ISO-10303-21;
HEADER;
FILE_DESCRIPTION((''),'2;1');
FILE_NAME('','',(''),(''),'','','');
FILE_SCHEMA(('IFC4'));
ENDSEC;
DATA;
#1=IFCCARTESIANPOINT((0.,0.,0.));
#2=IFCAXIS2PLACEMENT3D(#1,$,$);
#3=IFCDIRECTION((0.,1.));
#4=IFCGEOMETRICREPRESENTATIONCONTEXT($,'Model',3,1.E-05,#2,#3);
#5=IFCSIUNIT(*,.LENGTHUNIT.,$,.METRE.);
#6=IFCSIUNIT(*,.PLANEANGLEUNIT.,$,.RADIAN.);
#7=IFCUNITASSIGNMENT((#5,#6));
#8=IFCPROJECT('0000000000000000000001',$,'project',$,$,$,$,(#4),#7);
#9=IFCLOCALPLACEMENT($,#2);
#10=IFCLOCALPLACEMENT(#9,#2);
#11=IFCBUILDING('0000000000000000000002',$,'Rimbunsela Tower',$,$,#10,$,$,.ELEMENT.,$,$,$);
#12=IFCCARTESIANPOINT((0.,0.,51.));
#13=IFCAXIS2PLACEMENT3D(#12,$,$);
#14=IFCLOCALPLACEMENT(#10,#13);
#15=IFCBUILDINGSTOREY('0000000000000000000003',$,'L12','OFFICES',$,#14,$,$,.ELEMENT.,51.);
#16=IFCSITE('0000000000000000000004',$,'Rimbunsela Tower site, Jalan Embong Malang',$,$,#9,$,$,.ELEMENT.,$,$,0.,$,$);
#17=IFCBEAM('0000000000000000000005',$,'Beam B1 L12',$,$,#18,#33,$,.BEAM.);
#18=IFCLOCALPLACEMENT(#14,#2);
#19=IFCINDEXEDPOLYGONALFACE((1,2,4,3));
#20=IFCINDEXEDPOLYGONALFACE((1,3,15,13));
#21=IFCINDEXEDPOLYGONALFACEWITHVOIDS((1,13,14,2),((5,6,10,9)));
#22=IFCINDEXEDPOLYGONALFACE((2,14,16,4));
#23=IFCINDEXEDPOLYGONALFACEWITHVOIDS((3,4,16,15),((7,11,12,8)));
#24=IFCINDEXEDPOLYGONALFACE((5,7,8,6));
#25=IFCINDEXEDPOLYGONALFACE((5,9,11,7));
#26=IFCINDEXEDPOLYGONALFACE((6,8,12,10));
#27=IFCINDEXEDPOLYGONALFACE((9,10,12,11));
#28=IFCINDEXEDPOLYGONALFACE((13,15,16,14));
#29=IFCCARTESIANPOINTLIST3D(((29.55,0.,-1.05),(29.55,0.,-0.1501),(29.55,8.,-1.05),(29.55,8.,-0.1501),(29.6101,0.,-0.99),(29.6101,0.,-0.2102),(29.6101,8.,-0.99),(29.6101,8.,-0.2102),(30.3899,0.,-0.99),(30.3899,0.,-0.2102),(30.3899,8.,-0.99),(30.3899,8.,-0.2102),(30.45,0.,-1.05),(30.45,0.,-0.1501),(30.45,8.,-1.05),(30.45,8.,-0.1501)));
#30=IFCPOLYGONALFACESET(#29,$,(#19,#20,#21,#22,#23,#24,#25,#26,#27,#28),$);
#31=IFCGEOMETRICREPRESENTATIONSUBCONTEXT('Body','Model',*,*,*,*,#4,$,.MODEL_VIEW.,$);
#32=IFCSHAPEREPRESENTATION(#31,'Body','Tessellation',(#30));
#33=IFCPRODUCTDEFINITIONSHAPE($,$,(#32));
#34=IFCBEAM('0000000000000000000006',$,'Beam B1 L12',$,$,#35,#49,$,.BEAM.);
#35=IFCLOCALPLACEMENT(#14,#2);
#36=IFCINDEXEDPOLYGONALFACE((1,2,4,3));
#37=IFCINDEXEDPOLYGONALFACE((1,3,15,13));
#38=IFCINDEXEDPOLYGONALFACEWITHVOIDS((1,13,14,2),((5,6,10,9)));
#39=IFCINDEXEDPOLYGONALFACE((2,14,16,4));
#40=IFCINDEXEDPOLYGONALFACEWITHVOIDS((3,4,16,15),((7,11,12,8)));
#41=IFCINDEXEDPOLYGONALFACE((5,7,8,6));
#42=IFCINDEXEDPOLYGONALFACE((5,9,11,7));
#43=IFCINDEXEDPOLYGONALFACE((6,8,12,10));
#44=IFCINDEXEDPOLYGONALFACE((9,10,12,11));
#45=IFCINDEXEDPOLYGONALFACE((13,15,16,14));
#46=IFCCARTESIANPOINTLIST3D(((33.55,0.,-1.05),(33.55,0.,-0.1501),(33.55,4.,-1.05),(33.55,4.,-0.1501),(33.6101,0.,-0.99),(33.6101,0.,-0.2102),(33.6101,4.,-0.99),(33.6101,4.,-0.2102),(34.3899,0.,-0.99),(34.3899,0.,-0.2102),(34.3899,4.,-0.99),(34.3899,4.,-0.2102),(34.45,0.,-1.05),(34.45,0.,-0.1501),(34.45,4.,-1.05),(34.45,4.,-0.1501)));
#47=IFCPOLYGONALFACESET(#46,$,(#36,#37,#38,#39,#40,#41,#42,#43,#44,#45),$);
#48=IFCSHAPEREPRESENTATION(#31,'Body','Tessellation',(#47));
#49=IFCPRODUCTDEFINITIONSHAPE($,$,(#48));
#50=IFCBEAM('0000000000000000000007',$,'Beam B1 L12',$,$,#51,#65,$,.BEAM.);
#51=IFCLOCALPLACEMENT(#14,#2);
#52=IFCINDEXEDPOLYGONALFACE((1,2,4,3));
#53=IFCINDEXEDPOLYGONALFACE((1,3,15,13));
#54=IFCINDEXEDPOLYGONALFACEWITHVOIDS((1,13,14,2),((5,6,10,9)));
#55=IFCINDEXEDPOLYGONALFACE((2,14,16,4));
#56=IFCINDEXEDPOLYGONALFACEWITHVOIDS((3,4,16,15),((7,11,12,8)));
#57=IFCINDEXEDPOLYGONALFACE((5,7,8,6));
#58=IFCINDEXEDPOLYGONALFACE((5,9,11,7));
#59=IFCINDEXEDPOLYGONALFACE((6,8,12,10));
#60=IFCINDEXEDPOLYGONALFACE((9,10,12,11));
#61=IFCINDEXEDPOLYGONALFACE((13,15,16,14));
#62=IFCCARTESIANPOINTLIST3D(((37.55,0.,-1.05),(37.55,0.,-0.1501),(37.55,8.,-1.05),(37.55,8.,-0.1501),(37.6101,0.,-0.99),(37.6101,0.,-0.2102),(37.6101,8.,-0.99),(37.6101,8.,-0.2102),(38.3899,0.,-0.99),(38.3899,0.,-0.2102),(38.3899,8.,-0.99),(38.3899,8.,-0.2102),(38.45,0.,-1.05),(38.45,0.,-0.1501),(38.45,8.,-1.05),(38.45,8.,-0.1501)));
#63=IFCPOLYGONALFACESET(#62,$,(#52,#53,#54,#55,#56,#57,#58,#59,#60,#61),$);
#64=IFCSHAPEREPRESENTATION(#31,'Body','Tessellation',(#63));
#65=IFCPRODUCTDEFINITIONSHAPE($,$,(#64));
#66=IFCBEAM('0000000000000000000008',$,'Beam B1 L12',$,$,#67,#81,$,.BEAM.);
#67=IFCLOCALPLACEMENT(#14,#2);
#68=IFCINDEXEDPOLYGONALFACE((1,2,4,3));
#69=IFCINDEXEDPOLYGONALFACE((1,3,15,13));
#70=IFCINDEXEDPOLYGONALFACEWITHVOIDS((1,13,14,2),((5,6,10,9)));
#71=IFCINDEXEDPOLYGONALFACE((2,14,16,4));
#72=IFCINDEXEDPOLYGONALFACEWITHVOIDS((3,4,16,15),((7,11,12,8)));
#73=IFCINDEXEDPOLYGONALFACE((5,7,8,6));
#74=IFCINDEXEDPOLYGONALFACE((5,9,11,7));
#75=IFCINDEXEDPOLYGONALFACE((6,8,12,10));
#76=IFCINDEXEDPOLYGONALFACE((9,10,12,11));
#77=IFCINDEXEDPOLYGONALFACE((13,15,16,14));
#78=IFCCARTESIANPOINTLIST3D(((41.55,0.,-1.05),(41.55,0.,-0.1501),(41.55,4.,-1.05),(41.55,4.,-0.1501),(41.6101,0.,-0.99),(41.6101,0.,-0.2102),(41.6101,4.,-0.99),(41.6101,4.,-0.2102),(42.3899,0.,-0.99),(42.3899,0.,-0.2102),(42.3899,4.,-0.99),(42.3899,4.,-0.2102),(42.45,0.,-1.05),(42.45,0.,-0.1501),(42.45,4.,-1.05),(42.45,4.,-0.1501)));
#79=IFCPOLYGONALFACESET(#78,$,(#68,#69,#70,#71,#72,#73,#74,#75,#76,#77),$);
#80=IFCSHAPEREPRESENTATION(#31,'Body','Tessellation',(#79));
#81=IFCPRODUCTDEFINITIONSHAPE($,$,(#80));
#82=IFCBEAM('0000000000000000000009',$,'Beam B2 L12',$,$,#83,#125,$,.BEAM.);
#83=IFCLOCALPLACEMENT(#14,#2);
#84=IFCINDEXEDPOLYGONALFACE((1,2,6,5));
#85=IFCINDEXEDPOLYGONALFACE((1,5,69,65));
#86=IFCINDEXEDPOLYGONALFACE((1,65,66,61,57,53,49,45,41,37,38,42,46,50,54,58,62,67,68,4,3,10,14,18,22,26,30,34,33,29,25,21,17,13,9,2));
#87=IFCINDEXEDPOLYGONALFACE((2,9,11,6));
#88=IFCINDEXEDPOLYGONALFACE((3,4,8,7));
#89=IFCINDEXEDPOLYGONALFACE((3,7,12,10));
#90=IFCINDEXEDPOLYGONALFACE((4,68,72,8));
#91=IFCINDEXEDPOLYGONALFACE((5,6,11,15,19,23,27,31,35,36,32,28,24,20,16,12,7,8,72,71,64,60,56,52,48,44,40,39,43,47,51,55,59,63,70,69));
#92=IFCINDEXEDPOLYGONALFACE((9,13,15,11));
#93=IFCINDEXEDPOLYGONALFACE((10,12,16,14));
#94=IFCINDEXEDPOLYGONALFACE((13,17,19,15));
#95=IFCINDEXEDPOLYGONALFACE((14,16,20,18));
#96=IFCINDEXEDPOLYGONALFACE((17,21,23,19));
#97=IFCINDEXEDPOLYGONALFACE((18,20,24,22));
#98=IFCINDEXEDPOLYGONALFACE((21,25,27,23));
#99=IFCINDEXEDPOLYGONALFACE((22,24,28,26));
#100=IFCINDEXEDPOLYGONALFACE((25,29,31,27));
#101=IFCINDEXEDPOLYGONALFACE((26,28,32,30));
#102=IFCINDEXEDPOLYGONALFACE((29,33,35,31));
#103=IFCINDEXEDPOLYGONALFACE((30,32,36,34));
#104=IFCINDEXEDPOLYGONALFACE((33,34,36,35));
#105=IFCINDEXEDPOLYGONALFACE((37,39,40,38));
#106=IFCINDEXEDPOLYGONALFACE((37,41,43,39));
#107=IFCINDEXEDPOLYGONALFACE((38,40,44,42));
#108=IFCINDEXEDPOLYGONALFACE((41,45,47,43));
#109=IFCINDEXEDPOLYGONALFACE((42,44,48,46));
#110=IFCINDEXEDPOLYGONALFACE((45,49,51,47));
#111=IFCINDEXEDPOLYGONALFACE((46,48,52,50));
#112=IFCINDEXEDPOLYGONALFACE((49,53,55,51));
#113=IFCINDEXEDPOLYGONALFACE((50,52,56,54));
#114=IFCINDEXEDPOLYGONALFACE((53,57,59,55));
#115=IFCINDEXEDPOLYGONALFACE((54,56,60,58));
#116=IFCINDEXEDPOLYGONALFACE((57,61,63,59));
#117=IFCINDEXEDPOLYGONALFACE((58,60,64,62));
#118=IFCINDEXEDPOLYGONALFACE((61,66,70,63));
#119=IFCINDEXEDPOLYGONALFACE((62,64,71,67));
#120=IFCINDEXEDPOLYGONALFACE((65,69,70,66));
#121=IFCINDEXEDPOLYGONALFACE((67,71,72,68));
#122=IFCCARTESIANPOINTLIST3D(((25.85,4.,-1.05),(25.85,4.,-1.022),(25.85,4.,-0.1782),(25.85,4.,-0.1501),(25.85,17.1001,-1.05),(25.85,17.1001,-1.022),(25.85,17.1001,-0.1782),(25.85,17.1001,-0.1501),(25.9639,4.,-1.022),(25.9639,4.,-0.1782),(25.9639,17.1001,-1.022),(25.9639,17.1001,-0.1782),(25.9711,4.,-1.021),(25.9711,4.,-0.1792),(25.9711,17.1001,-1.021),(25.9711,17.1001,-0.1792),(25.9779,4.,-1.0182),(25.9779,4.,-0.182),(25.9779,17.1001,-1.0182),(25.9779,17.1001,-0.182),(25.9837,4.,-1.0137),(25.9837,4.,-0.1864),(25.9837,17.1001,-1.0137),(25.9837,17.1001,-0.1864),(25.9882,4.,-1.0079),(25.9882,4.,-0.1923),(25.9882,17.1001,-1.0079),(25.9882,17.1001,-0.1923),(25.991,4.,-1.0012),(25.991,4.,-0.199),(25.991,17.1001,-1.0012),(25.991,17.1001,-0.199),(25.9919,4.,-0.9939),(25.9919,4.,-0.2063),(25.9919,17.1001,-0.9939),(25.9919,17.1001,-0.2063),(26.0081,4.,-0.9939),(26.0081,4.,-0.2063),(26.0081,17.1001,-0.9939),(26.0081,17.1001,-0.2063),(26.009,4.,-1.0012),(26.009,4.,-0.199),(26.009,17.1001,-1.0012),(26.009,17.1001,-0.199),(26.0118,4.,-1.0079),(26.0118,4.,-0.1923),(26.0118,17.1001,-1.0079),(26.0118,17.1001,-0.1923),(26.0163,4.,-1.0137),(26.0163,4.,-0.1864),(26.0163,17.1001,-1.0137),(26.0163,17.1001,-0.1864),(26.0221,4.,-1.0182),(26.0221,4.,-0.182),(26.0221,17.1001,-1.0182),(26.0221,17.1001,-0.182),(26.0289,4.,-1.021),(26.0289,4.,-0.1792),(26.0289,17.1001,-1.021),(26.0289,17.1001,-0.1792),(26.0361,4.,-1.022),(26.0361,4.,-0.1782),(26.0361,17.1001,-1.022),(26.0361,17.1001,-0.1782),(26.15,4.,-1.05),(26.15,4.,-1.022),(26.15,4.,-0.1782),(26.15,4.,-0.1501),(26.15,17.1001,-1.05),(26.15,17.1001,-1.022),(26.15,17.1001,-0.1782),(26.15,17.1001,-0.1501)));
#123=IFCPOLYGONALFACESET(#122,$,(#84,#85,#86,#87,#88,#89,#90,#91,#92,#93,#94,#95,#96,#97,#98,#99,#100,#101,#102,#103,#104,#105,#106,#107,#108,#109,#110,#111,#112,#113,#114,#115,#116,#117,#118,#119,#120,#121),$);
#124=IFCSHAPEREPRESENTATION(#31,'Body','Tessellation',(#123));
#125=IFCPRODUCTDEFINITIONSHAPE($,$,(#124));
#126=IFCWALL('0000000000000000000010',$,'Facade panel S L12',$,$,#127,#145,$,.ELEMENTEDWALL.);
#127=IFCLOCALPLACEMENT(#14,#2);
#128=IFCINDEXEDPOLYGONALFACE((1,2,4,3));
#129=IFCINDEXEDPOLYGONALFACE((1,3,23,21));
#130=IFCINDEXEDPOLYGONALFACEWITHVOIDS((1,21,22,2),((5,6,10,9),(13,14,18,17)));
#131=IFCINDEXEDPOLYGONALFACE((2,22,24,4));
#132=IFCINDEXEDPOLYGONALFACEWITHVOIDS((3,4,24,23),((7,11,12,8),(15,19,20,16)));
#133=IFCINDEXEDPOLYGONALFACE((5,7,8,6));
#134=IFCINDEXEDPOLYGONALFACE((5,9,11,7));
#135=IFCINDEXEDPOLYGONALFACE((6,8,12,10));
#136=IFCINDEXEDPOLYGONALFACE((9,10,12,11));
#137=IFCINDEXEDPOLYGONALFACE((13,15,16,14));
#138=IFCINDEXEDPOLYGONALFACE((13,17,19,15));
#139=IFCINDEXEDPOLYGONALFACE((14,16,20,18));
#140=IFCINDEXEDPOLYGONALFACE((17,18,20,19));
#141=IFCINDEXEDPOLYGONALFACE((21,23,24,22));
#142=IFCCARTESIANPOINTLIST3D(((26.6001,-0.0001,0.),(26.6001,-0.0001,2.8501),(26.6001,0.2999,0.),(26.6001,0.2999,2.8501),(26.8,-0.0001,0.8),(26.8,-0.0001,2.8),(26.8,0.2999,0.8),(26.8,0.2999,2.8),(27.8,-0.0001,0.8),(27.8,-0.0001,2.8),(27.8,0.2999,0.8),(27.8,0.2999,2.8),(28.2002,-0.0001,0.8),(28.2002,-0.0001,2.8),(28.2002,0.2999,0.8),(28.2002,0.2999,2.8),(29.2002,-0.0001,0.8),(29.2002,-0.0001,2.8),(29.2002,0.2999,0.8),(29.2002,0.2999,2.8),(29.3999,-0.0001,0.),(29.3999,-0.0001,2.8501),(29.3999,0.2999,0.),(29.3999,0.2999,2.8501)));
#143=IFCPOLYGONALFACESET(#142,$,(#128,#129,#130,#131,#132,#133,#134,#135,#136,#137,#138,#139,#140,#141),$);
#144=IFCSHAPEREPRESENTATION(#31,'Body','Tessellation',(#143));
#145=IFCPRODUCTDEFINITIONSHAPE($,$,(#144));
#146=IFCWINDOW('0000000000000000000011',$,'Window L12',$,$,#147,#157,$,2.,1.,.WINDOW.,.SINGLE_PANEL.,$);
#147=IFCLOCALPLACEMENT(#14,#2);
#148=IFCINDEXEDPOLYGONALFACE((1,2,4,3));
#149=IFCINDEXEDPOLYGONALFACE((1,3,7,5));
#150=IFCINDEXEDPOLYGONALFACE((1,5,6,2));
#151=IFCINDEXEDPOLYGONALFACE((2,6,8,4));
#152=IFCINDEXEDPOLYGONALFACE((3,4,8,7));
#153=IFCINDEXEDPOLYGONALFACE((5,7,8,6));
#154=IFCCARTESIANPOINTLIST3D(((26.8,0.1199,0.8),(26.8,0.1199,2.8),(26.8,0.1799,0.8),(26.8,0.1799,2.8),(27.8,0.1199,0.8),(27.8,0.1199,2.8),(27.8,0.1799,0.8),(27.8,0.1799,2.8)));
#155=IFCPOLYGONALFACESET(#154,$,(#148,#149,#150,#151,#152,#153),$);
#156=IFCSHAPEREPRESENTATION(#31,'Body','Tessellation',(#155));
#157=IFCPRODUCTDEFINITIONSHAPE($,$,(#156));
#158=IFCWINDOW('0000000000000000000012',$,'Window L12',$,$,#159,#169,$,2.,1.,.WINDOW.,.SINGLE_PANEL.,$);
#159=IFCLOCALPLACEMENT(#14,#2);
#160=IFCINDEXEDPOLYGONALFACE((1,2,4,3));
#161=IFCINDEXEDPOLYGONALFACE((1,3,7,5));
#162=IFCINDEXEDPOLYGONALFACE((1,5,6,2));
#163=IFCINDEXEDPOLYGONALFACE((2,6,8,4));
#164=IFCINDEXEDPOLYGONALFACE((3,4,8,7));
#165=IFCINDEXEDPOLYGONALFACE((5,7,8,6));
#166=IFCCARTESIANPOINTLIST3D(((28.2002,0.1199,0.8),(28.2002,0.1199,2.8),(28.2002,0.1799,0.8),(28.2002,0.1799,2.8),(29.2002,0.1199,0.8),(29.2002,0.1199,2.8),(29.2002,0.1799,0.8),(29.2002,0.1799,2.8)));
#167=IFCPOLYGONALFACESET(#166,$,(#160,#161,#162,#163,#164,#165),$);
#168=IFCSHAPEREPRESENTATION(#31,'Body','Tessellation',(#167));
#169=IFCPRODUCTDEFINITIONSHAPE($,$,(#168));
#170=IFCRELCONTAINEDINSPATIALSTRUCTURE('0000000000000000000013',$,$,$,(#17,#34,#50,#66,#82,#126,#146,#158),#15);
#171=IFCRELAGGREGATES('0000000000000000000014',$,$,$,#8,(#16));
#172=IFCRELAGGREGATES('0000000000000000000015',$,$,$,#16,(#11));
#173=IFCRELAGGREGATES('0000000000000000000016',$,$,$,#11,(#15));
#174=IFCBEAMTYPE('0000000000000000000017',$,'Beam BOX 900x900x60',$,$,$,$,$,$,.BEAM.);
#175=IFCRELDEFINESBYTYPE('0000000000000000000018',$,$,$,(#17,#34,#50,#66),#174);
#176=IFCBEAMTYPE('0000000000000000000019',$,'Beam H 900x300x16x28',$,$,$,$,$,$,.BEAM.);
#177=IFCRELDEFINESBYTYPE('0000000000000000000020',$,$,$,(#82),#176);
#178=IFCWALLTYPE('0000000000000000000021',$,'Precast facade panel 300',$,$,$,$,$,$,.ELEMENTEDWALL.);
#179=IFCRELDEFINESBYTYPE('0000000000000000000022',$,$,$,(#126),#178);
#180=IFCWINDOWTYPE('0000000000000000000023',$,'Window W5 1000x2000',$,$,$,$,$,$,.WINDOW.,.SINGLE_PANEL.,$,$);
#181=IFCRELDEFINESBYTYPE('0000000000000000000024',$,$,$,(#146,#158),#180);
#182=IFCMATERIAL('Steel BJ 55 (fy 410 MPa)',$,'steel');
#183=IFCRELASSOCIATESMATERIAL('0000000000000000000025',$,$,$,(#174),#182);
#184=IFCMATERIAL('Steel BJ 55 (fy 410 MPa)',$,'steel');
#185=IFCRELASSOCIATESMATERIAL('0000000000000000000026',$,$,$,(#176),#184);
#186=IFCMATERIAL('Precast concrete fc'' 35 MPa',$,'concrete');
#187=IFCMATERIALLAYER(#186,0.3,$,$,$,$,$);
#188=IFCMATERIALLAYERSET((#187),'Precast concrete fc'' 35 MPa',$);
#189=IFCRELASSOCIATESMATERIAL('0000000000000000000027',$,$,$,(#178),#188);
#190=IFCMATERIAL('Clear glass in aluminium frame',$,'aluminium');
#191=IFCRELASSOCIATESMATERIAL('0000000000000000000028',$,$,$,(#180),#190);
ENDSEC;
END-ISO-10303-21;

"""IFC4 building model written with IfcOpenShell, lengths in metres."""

from ifc_helpers import new_model, si_unit, direction, frame, frame_2d, origin, origin_2d, place, context, subcontext, project, spatial, rectangle, hollow_rectangle, i_section, extrude, material, layer, layer_set, material_profile, profile_set, type_object, element, fill, save


model = new_model("IFC4")

# Units and contexts
model_context = context("Model", 3, precision=1e-05, world=origin(), true_north=direction((0.0, 1.0)))
body_context = subcontext(model_context, "Body", "Model", "MODEL_VIEW")
ifc_project = project(units=[si_unit("LENGTHUNIT", "METRE"), si_unit("PLANEANGLEUNIT", "RADIAN")], contexts=[model_context])

# Site, building, storey
site_placement = place(None, origin())
site = spatial("IfcSite", under=ifc_project, at=site_placement, Name="Rimbunsela Tower site, Jalan Embong Malang", CompositionType="ELEMENT", RefElevation=0.0)
building_placement = place(site_placement, origin())
building = spatial("IfcBuilding", under=site, at=building_placement, Name="Rimbunsela Tower", CompositionType="ELEMENT")
storey_placement = place(building_placement, frame((0.0, 0.0, 51.0)))
storey = spatial("IfcBuildingStorey", under=building, at=storey_placement, Name="L12", Description="OFFICES", CompositionType="ELEMENT", Elevation=51.0)

# Beams
ifc_material_1 = material(Name="Steel BJ 55 (fy 410 MPa)", Category="steel")
ifc_material_profile_1 = material_profile(ifc_material_1, hollow_rectangle(XDim=0.8999, YDim=0.8999, WallThickness=0.0601, at=origin_2d()), Name="BOX 900x900x60")
ifc_profile_set_1 = profile_set([ifc_material_profile_1], Name="Steel BJ 55 (fy 410 MPa)")
beam_type_1 = type_object("IfcBeamType", Name="Beam BOX 900x900x60", PredefinedType="BEAM", material=ifc_profile_set_1)
beam_1_placement = place(storey_placement, frame((30.0, 0.0, -0.6001), z_axis=(0.0, 1.0, 0.0), x_axis=(-1.0, 0.0, 0.0)))
element("IfcBeam", 1, at=beam_1_placement, inside=storey, type_object=beam_type_1, Name="Beam B1 L12", PredefinedType="BEAM", context=body_context, shape_type="SweptSolid", body=[
    extrude(hollow_rectangle(XDim=0.8999, YDim=0.8999, WallThickness=0.0601, at=origin_2d()), origin(), (0.0, 0.0, 1.0), 8.0),
])
beam_2_placement = place(storey_placement, frame((34.0, 0.0, -0.6001), z_axis=(0.0, 1.0, 0.0), x_axis=(-1.0, 0.0, 0.0)))
element("IfcBeam", 2, at=beam_2_placement, inside=storey, type_object=beam_type_1, Name="Beam B1 L12", PredefinedType="BEAM", context=body_context, shape_type="SweptSolid", body=[
    extrude(hollow_rectangle(XDim=0.8999, YDim=0.8999, WallThickness=0.0601, at=origin_2d()), origin(), (0.0, 0.0, 1.0), 4.0),
])
beam_3_placement = place(storey_placement, frame((38.0, 0.0, -0.6001), z_axis=(0.0, 1.0, 0.0), x_axis=(-1.0, 0.0, 0.0)))
element("IfcBeam", 3, at=beam_3_placement, inside=storey, type_object=beam_type_1, Name="Beam B1 L12", PredefinedType="BEAM", context=body_context, shape_type="SweptSolid", body=[
    extrude(hollow_rectangle(XDim=0.8999, YDim=0.8999, WallThickness=0.0601, at=origin_2d()), origin(), (0.0, 0.0, 1.0), 8.0),
])
beam_4_placement = place(storey_placement, frame((42.0, 0.0, -0.6001), z_axis=(0.0, 1.0, 0.0), x_axis=(-1.0, 0.0, 0.0)))
element("IfcBeam", 4, at=beam_4_placement, inside=storey, type_object=beam_type_1, Name="Beam B1 L12", PredefinedType="BEAM", context=body_context, shape_type="SweptSolid", body=[
    extrude(hollow_rectangle(XDim=0.8999, YDim=0.8999, WallThickness=0.0601, at=origin_2d()), origin(), (0.0, 0.0, 1.0), 4.0),
])
ifc_material_2 = material(Name="Steel BJ 55 (fy 410 MPa)", Category="steel")
ifc_material_profile_2 = material_profile(ifc_material_2, i_section(OverallWidth=0.3, OverallDepth=0.8999, WebThickness=0.0161, FlangeThickness=0.0281, FilletRadius=0.0281, at=origin_2d()), Name="H 900x300x16x28")
ifc_profile_set_2 = profile_set([ifc_material_profile_2], Name="Steel BJ 55 (fy 410 MPa)")
beam_type_2 = type_object("IfcBeamType", Name="Beam H 900x300x16x28", PredefinedType="BEAM", material=ifc_profile_set_2)
beam_5_placement = place(storey_placement, frame((26.0, 4.0, -0.6001), z_axis=(0.0, 1.0, 0.0), x_axis=(-1.0, 0.0, 0.0)))
element("IfcBeam", 5, at=beam_5_placement, inside=storey, type_object=beam_type_2, Name="Beam B2 L12", PredefinedType="BEAM", context=body_context, shape_type="SweptSolid", body=[
    extrude(i_section(OverallWidth=0.3, OverallDepth=0.8999, WebThickness=0.0161, FlangeThickness=0.0281, FilletRadius=0.0281, at=origin_2d()), origin(), (0.0, 0.0, 1.0), 13.1001),
])

# Wall, openings, windows
ifc_material_3 = material(Name="Precast concrete fc' 35 MPa", Category="concrete")
ifc_layer_1 = layer(ifc_material_3, 0.3)
ifc_layer_set_1 = layer_set([ifc_layer_1], Name="Precast concrete fc' 35 MPa")
wall_type_1 = type_object("IfcWallType", Name="Precast facade panel 300", PredefinedType="ELEMENTEDWALL", material=ifc_layer_set_1)
wall_1_placement = place(storey_placement, frame((26.6001, 0.1499, 0.0), z_axis=(0.0, 0.0, 1.0), x_axis=(1.0, 0.0, 0.0)))
wall_1 = element("IfcWall", 6, at=wall_1_placement, inside=storey, type_object=wall_type_1, Name="Facade panel S L12", PredefinedType="ELEMENTEDWALL", context=body_context, shape_type="SweptSolid", body=[
    extrude(rectangle(XDim=2.7998, YDim=0.3, at=frame_2d((1.3999, 0.0))), origin(), (0.0, 0.0, 1.0), 2.8501),
])
opening_1_placement = place(wall_1_placement, frame((0.2, 0.0, 0.8)))
opening_1 = element("IfcOpeningElement", 7, at=opening_1_placement, cuts=wall_1, PredefinedType="OPENING", context=body_context, shape_type="SweptSolid", body=[
    extrude(rectangle(XDim=1.0, YDim=2.0, at=frame_2d((0.5, 1.0))), frame((0.0, 0.1599, 0.0), z_axis=(0.0, -1.0, 0.0), x_axis=(1.0, 0.0, 0.0)), (0.0, 0.0, 1.0), 0.3201),
])
opening_2_placement = place(wall_1_placement, frame((1.6001, 0.0, 0.8)))
opening_2 = element("IfcOpeningElement", 8, at=opening_2_placement, cuts=wall_1, PredefinedType="OPENING", context=body_context, shape_type="SweptSolid", body=[
    extrude(rectangle(XDim=1.0, YDim=2.0, at=frame_2d((0.5, 1.0))), frame((0.0, 0.1599, 0.0), z_axis=(0.0, -1.0, 0.0), x_axis=(1.0, 0.0, 0.0)), (0.0, 0.0, 1.0), 0.3201),
])
ifc_material_4 = material(Name="Clear glass in aluminium frame", Category="aluminium")
window_type_1 = type_object("IfcWindowType", Name="Window W5 1000x2000", PartitioningType="SINGLE_PANEL", PredefinedType="WINDOW", material=ifc_material_4)
window_1_placement = place(opening_1_placement, origin())
window_1 = element("IfcWindow", 9, at=window_1_placement, inside=storey, type_object=window_type_1, Name="Window L12", OverallHeight=2.0, OverallWidth=1.0, PartitioningType="SINGLE_PANEL", PredefinedType="WINDOW", context=body_context, shape_type="SweptSolid", body=[
    extrude(rectangle(XDim=1.0, YDim=2.0, at=frame_2d((0.5, 1.0))), frame((0.0, 0.03, 0.0), z_axis=(0.0, -1.0, 0.0), x_axis=(1.0, 0.0, 0.0)), (0.0, 0.0, 1.0), 0.0601),
])
fill(opening_1, window_1)
window_2_placement = place(opening_2_placement, origin())
window_2 = element("IfcWindow", 10, at=window_2_placement, inside=storey, type_object=window_type_1, Name="Window L12", OverallHeight=2.0, OverallWidth=1.0, PartitioningType="SINGLE_PANEL", PredefinedType="WINDOW", context=body_context, shape_type="SweptSolid", body=[
    extrude(rectangle(XDim=1.0, YDim=2.0, at=frame_2d((0.5, 1.0))), frame((0.0, 0.03, 0.0), z_axis=(0.0, -1.0, 0.0), x_axis=(1.0, 0.0, 0.0)), (0.0, 0.0, 1.0), 0.0601),
])
fill(opening_2, window_2)

save(model, "model.ifc")
